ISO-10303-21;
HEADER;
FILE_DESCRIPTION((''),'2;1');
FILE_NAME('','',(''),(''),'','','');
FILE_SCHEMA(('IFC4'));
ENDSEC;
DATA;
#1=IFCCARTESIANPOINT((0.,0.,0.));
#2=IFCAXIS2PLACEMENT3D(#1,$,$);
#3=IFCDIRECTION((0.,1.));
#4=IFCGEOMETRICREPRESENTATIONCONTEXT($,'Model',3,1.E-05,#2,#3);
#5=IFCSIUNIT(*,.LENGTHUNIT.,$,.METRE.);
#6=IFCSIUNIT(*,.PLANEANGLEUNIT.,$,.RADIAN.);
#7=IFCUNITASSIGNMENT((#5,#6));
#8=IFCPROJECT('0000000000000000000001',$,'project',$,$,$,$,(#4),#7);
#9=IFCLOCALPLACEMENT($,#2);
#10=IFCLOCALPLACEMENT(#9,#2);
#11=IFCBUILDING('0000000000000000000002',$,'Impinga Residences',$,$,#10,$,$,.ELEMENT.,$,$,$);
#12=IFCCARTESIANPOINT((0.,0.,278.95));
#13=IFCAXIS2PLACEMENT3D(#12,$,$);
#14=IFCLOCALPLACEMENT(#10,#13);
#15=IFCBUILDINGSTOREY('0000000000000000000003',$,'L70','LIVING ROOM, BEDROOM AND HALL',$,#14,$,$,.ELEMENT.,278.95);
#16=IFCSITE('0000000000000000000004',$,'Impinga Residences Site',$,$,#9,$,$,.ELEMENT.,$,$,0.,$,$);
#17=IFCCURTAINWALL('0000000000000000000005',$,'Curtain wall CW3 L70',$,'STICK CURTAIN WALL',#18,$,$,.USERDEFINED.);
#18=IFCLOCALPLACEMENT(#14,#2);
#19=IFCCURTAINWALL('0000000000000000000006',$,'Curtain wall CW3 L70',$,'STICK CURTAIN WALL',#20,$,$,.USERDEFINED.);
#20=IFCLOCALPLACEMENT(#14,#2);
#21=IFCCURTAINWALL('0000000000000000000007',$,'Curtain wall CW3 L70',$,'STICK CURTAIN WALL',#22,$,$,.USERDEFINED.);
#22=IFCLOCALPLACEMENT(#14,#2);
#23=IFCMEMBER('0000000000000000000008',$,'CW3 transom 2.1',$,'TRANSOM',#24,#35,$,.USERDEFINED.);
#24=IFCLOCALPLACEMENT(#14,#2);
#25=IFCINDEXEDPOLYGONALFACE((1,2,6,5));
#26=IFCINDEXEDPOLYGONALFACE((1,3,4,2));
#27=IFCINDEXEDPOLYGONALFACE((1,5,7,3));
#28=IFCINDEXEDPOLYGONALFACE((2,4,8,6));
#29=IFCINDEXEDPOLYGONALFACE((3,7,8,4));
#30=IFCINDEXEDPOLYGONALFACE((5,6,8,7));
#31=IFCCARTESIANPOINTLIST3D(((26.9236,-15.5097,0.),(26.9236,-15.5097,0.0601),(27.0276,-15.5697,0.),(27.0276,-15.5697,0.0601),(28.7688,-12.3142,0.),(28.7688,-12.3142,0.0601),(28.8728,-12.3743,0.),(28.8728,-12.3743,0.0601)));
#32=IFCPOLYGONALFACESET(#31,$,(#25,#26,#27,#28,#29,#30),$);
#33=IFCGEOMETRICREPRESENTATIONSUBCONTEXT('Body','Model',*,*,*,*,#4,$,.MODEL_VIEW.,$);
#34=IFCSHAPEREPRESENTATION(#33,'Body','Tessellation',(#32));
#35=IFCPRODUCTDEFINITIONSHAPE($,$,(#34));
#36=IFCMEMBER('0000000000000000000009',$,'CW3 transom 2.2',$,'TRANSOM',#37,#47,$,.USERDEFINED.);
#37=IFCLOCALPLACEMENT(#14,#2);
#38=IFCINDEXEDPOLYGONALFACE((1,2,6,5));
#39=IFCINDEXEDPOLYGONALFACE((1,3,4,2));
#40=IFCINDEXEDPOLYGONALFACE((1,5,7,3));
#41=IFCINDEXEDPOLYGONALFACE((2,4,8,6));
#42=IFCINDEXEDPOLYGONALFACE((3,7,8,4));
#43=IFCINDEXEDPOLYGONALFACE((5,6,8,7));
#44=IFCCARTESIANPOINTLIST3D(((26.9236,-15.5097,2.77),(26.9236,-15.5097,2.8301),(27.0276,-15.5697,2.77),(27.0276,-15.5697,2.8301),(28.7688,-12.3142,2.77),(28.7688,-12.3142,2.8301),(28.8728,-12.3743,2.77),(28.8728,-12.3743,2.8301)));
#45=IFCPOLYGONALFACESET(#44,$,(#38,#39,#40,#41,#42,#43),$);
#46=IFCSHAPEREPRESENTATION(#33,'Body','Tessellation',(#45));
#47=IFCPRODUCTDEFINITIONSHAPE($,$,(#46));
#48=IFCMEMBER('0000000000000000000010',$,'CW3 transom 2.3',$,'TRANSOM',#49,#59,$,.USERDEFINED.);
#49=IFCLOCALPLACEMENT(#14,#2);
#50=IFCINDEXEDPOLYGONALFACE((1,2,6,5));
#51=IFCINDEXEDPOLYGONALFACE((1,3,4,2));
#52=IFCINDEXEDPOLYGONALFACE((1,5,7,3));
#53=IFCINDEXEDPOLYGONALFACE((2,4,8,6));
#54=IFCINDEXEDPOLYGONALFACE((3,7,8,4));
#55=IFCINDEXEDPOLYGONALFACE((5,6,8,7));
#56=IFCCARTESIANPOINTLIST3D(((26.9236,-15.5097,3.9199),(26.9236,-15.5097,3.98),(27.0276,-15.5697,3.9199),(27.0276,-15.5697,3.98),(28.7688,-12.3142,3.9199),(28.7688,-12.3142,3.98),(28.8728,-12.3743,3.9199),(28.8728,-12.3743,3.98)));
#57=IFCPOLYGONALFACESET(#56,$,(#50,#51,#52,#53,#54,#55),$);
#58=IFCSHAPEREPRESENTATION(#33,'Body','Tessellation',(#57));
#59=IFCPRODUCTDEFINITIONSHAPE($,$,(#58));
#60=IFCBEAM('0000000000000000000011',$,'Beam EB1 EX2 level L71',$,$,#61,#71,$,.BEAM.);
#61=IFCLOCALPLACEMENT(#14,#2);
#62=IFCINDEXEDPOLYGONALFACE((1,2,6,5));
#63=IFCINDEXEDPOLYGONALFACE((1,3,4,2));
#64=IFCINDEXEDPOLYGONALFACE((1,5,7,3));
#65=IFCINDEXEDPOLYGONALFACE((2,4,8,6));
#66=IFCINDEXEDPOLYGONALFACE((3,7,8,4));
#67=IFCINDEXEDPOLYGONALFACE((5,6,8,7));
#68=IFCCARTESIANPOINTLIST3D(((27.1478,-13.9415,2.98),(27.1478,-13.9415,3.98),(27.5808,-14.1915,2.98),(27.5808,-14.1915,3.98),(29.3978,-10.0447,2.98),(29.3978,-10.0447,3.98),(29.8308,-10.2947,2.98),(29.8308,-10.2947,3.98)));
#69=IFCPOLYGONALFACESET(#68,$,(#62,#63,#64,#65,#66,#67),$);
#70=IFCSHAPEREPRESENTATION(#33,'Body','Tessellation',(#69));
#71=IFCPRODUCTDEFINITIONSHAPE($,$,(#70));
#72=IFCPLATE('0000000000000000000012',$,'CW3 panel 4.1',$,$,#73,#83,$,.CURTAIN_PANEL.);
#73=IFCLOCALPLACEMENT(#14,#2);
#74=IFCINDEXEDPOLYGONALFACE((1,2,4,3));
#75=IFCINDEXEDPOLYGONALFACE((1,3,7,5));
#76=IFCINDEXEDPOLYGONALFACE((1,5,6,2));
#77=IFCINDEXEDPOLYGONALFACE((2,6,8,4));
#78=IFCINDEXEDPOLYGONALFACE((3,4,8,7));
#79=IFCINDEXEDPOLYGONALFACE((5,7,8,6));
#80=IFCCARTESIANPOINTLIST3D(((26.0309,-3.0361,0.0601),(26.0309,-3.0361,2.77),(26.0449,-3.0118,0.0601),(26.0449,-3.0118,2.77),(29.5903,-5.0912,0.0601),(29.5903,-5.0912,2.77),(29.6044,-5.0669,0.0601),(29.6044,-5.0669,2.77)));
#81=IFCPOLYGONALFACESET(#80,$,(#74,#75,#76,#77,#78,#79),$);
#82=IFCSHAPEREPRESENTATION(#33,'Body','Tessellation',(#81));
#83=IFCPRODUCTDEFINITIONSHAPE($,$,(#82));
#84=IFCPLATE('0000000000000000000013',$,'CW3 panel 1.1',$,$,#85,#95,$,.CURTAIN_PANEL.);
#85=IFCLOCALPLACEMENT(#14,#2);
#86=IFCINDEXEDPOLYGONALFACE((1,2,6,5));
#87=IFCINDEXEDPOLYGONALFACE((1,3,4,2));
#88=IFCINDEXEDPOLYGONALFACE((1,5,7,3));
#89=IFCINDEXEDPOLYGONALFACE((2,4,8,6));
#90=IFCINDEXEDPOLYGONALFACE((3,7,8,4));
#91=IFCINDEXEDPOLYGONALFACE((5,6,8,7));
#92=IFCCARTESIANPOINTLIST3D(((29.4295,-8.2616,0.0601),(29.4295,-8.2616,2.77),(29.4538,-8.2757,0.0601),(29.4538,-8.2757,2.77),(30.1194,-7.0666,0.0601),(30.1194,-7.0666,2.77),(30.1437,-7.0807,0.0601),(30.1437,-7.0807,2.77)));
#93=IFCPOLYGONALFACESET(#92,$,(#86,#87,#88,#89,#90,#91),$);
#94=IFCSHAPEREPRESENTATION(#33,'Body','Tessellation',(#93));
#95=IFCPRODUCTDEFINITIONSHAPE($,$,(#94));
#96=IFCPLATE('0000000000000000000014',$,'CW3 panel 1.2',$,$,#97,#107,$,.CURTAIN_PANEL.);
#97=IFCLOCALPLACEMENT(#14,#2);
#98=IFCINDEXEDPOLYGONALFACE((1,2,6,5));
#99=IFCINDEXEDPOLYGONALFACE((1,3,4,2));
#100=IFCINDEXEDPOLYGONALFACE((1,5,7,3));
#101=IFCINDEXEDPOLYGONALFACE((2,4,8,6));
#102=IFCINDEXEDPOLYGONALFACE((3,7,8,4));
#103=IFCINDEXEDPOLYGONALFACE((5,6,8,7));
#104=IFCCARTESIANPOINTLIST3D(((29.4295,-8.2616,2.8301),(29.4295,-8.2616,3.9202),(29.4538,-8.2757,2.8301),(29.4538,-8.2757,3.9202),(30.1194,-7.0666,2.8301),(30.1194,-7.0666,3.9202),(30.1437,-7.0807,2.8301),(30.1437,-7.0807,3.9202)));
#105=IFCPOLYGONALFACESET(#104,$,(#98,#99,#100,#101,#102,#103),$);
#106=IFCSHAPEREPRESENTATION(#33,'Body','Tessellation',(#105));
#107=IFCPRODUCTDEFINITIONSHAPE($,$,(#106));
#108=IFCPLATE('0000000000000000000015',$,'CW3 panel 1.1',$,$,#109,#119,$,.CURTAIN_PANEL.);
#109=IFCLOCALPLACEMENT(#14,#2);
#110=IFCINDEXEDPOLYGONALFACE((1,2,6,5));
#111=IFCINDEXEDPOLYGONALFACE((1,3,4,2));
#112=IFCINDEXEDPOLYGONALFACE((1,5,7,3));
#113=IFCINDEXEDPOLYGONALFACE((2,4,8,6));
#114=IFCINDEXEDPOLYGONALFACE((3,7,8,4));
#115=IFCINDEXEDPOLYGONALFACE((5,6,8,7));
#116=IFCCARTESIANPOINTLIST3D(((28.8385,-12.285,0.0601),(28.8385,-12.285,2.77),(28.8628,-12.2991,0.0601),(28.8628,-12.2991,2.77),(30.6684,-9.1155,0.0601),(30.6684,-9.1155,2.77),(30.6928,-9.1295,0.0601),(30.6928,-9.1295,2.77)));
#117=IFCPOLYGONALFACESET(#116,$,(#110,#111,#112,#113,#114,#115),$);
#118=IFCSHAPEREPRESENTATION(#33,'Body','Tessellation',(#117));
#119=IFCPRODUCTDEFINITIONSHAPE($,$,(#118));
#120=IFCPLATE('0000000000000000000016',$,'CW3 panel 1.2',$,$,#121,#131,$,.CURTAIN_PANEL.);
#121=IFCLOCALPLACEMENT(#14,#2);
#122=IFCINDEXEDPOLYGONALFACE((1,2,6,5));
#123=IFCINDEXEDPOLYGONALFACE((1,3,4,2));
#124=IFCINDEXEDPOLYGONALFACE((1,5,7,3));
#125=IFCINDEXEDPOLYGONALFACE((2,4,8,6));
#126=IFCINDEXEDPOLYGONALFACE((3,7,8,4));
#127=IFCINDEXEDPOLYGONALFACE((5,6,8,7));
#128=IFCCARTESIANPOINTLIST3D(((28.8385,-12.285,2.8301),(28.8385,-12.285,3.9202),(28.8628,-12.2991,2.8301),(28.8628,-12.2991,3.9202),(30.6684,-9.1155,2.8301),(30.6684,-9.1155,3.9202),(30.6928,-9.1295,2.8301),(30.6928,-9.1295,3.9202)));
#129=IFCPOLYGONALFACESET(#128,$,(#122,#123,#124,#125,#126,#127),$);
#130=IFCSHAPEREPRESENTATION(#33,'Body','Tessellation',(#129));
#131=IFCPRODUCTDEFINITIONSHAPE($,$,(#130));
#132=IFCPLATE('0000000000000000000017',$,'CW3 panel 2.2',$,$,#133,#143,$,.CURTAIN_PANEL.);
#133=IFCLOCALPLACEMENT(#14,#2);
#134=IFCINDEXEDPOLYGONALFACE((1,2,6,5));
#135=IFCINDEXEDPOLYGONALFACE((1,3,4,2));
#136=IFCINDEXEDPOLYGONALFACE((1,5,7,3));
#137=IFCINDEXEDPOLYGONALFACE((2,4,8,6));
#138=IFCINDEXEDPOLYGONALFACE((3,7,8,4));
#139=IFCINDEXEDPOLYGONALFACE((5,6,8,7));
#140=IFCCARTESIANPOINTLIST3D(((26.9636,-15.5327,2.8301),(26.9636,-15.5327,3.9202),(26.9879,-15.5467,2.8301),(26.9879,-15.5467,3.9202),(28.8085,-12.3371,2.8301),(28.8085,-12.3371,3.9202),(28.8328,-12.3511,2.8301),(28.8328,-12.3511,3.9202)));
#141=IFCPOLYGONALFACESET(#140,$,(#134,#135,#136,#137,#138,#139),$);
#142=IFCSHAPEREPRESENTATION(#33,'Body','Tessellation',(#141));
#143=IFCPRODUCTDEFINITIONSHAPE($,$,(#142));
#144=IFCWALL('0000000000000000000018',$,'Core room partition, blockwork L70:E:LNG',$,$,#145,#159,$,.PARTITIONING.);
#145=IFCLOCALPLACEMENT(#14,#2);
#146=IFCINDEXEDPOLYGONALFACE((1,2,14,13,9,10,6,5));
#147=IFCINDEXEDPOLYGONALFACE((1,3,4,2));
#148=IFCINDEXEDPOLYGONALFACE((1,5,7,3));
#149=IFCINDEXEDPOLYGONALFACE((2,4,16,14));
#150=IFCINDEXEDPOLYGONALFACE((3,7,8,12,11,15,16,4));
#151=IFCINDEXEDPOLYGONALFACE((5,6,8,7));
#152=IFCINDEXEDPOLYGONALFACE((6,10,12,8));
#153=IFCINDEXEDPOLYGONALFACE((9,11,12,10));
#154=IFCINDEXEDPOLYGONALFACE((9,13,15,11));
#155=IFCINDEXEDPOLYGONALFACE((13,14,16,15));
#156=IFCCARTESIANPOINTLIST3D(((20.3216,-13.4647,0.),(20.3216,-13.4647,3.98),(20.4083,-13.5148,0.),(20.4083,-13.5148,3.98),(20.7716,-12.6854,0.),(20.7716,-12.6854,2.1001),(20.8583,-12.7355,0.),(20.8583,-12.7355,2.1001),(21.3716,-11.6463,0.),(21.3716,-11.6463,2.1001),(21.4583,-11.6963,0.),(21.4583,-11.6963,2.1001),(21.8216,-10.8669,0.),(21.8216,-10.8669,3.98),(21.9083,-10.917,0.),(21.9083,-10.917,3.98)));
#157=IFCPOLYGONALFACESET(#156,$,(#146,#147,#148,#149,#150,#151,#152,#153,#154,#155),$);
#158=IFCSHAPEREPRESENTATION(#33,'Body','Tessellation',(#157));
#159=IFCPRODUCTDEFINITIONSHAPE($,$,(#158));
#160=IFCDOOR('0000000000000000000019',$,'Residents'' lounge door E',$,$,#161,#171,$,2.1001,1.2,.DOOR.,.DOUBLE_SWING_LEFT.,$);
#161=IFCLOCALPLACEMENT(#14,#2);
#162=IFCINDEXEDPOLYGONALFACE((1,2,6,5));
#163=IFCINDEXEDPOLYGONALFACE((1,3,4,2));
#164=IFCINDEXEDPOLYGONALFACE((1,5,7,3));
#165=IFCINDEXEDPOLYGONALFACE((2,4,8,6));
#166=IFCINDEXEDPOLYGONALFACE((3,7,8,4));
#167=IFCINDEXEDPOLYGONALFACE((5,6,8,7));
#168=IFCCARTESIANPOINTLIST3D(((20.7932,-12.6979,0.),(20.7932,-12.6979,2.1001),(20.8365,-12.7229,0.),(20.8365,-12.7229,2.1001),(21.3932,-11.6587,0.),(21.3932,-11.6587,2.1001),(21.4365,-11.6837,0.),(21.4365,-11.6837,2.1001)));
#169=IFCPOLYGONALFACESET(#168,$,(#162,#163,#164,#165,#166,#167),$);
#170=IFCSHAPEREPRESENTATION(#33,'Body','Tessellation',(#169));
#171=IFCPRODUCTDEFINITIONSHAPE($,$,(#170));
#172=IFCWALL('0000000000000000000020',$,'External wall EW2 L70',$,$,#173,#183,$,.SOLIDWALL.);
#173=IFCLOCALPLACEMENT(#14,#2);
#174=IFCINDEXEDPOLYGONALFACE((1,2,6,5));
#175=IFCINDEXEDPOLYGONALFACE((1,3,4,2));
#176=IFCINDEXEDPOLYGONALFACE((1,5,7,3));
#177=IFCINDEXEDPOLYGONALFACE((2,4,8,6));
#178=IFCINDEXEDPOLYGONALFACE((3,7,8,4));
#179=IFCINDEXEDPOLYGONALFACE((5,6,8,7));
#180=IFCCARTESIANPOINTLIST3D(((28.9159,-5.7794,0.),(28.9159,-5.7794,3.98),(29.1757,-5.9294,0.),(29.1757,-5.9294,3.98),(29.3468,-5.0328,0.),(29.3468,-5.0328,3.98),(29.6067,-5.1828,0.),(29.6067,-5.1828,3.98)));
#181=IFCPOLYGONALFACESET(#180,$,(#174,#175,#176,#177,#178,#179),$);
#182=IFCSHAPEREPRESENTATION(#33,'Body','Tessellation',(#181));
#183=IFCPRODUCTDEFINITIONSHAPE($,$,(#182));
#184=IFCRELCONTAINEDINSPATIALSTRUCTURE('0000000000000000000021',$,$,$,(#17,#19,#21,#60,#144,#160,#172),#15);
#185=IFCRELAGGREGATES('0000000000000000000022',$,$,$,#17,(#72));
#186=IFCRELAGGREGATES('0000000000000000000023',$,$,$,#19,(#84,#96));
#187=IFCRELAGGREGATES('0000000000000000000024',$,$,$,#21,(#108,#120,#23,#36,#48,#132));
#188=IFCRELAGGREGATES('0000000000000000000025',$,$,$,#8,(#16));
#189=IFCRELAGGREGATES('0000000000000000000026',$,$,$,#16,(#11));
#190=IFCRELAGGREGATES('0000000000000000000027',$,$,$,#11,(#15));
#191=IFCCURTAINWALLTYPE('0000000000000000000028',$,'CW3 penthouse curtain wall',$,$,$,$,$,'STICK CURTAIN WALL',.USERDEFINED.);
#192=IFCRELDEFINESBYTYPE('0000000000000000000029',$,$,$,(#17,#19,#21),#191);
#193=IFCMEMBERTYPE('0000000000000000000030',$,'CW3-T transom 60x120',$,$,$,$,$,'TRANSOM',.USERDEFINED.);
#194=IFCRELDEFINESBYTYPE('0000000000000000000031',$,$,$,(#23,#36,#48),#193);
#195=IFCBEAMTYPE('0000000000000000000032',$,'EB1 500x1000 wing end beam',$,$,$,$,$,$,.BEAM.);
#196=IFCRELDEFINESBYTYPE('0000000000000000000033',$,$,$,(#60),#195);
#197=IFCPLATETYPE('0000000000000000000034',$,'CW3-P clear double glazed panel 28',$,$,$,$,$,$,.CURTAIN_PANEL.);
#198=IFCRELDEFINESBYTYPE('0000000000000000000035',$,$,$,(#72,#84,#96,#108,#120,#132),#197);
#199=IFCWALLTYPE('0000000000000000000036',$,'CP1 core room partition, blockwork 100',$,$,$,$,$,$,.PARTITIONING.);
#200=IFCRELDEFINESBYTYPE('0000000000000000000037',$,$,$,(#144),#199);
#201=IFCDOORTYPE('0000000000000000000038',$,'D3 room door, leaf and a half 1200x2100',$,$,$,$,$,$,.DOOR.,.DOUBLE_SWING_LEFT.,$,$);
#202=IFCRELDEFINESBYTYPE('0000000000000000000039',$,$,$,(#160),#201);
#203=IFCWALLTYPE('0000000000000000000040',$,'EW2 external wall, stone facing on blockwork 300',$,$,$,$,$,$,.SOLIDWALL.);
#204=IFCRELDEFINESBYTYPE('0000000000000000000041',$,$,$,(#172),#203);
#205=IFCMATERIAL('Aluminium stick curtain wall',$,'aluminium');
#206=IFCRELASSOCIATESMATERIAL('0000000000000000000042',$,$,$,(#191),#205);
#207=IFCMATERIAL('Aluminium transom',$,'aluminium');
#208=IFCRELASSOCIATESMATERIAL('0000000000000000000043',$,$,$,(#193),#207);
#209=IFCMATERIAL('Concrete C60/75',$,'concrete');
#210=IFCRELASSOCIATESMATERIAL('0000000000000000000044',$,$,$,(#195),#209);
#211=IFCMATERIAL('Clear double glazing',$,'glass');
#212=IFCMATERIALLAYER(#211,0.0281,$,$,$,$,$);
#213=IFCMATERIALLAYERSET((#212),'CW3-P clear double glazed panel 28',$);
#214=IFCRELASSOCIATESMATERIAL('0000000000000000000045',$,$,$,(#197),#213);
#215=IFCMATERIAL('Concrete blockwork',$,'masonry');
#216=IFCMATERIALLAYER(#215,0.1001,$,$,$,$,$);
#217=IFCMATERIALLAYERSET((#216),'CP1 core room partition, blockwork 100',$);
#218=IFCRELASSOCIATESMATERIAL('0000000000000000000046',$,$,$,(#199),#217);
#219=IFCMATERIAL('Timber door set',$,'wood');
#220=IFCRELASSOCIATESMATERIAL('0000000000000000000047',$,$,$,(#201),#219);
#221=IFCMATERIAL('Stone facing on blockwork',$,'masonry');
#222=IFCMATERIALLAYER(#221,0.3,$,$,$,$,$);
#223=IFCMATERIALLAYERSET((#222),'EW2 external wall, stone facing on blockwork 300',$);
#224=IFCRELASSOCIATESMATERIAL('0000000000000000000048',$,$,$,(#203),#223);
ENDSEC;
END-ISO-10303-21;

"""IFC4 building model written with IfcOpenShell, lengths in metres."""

from ifc_helpers import new_model, si_unit, direction, frame, frame_2d, origin, origin_2d, place, context, subcontext, project, spatial, rectangle, extrude, material, layer, layer_set, material_profile, profile_set, type_object, element, fill, aggregate, save


model = new_model("IFC4")

# Units and contexts
model_context = context("Model", 3, precision=1e-05, world=origin(), true_north=direction((0.0, 1.0)))
body_context = subcontext(model_context, "Body", "Model", "MODEL_VIEW")
ifc_project = project(units=[si_unit("LENGTHUNIT", "METRE"), si_unit("PLANEANGLEUNIT", "RADIAN")], contexts=[model_context])

# Site, building, storey
site_placement = place(None, origin())
site = spatial("IfcSite", under=ifc_project, at=site_placement, Name="Impinga Residences Site", CompositionType="ELEMENT", RefElevation=0.0)
building_placement = place(site_placement, origin())
building = spatial("IfcBuilding", under=site, at=building_placement, Name="Impinga Residences", CompositionType="ELEMENT")
storey_placement = place(building_placement, frame((0.0, 0.0, 278.95)))
storey = spatial("IfcBuildingStorey", under=building, at=storey_placement, Name="L70", Description="LIVING ROOM, BEDROOM AND HALL", CompositionType="ELEMENT", Elevation=278.95)

# Shared definitions
ifc_material_1 = material(Name="Concrete C60/75", Category="concrete")

# Curtain wall
ifc_material_2 = material(Name="Aluminium stick curtain wall", Category="aluminium")
curtain_wall_type = type_object("IfcCurtainWallType", Name="CW3 penthouse curtain wall", ElementType="STICK CURTAIN WALL", PredefinedType="USERDEFINED", material=ifc_material_2)
curtain_wall_1_placement = place(storey_placement, origin())
curtain_wall_1 = element("IfcCurtainWall", 1, at=curtain_wall_1_placement, inside=storey, type_object=curtain_wall_type, Name="Curtain wall CW3 L70", ObjectType="STICK CURTAIN WALL", PredefinedType="USERDEFINED")

# Curtain walls
curtain_wall_2_placement = place(storey_placement, origin())
curtain_wall_2 = element("IfcCurtainWall", 2, at=curtain_wall_2_placement, inside=storey, type_object=curtain_wall_type, Name="Curtain wall CW3 L70", ObjectType="STICK CURTAIN WALL", PredefinedType="USERDEFINED")
curtain_wall_3_placement = place(storey_placement, origin())
curtain_wall_3 = element("IfcCurtainWall", 3, at=curtain_wall_3_placement, inside=storey, type_object=curtain_wall_type, Name="Curtain wall CW3 L70", ObjectType="STICK CURTAIN WALL", PredefinedType="USERDEFINED")

# Members
ifc_material_3 = material(Name="Aluminium transom", Category="aluminium")
ifc_material_profile_1 = material_profile(ifc_material_3, rectangle(XDim=0.0601, YDim=0.1201, at=origin_2d()), Name="60x120 transom")
ifc_profile_set_1 = profile_set([ifc_material_profile_1], Name="Aluminium transom")
member_type_1 = type_object("IfcMemberType", Name="CW3-T transom 60x120", ElementType="TRANSOM", PredefinedType="USERDEFINED", material=ifc_profile_set_1)
member_1_placement = place(storey_placement, frame((28.8208, -12.3442, 0.03), z_axis=(-0.500053, -0.865995, 0.0), x_axis=(0.0, 0.0, 1.0)))
member_1 = element("IfcMember", 4, at=member_1_placement, type_object=member_type_1, Name="CW3 transom 2.1", ObjectType="TRANSOM", PredefinedType="USERDEFINED", context=body_context, shape_type="SweptSolid", body=[
    extrude(rectangle(XDim=0.0601, YDim=0.1201, at=origin_2d()), origin(), (0.0, 0.0, 1.0), 3.6899),
])
member_2_placement = place(storey_placement, frame((28.8208, -12.3442, 2.8), z_axis=(-0.500053, -0.865995, 0.0), x_axis=(0.0, 0.0, 1.0)))
member_2 = element("IfcMember", 5, at=member_2_placement, type_object=member_type_1, Name="CW3 transom 2.2", ObjectType="TRANSOM", PredefinedType="USERDEFINED", context=body_context, shape_type="SweptSolid", body=[
    extrude(rectangle(XDim=0.0601, YDim=0.1201, at=origin_2d()), origin(), (0.0, 0.0, 1.0), 3.6899),
])
member_3_placement = place(storey_placement, frame((28.8208, -12.3442, 3.95), z_axis=(-0.500053, -0.865995, 0.0), x_axis=(0.0, 0.0, 1.0)))
member_3 = element("IfcMember", 6, at=member_3_placement, type_object=member_type_1, Name="CW3 transom 2.3", ObjectType="TRANSOM", PredefinedType="USERDEFINED", context=body_context, shape_type="SweptSolid", body=[
    extrude(rectangle(XDim=0.0601, YDim=0.1201, at=origin_2d()), origin(), (0.0, 0.0, 1.0), 3.6899),
])

# Beam
ifc_material_profile_2 = material_profile(ifc_material_1, rectangle(XDim=0.5, YDim=1.0, at=origin_2d()), Name="RC 500x1000")
ifc_profile_set_2 = profile_set([ifc_material_profile_2], Name="Concrete C60/75")
beam_type_1 = type_object("IfcBeamType", Name="EB1 500x1000 wing end beam", PredefinedType="BEAM", material=ifc_profile_set_2)
beam_1_placement = place(storey_placement, frame((29.6143, -10.1697, 3.48), z_axis=(-0.500014, -0.866018, 0.0), x_axis=(0.866018, -0.500014, 0.0)))
element("IfcBeam", 7, at=beam_1_placement, inside=storey, type_object=beam_type_1, Name="Beam EB1 EX2 level L71", PredefinedType="BEAM", context=body_context, shape_type="SweptSolid", body=[
    extrude(rectangle(XDim=0.5, YDim=1.0, at=origin_2d()), origin(), (0.0, 0.0, 1.0), 4.4998),
])

# Plates
ifc_material_4 = material(Name="Clear double glazing", Category="glass")
ifc_layer_1 = layer(ifc_material_4, 0.0281)
ifc_layer_set_1 = layer_set([ifc_layer_1], Name="CW3-P clear double glazed panel 28")
plate_type = type_object("IfcPlateType", Name="CW3-P clear double glazed panel 28", PredefinedType="CURTAIN_PANEL", material=ifc_layer_set_1)
plate_1_placement = place(storey_placement, frame((27.8176, -4.0515, 0.0601), z_axis=(0.0, 0.0, 1.0), x_axis=(0.866025, -0.5, 0.0)))
plate_1 = element("IfcPlate", 8, at=plate_1_placement, type_object=plate_type, Name="CW3 panel 4.1", PredefinedType="CURTAIN_PANEL", context=body_context, shape_type="SweptSolid", body=[
    extrude(rectangle(XDim=4.1101, YDim=0.0281, at=origin_2d()), origin(), (0.0, 0.0, 1.0), 2.71),
])
aggregate(curtain_wall_1, [plate_1])
plate_2_placement = place(storey_placement, frame((29.7866, -7.6711, 0.0601), z_axis=(0.0, 0.0, 1.0), x_axis=(-0.5, -0.866025, 0.0)))
plate_2 = element("IfcPlate", 9, at=plate_2_placement, type_object=plate_type, Name="CW3 panel 1.1", PredefinedType="CURTAIN_PANEL", context=body_context, shape_type="SweptSolid", body=[
    extrude(rectangle(XDim=1.3799, YDim=0.0281, at=origin_2d()), origin(), (0.0, 0.0, 1.0), 2.71),
])
plate_3_placement = place(storey_placement, frame((29.7866, -7.6711, 2.8301), z_axis=(0.0, 0.0, 1.0), x_axis=(-0.5, -0.866025, 0.0)))
plate_3 = element("IfcPlate", 10, at=plate_3_placement, type_object=plate_type, Name="CW3 panel 1.2", PredefinedType="CURTAIN_PANEL", context=body_context, shape_type="SweptSolid", body=[
    extrude(rectangle(XDim=1.3799, YDim=0.0281, at=origin_2d()), origin(), (0.0, 0.0, 1.0), 1.0901),
])
aggregate(curtain_wall_2, [plate_2, plate_3])
plate_4_placement = place(storey_placement, frame((29.7656, -10.7073, 0.0601), z_axis=(0.0, 0.0, 1.0), x_axis=(-0.5, -0.866025, 0.0)))
plate_4 = element("IfcPlate", 11, at=plate_4_placement, type_object=plate_type, Name="CW3 panel 1.1", PredefinedType="CURTAIN_PANEL", context=body_context, shape_type="SweptSolid", body=[
    extrude(rectangle(XDim=3.6599, YDim=0.0281, at=origin_2d()), origin(), (0.0, 0.0, 1.0), 2.71),
])
plate_5_placement = place(storey_placement, frame((29.7656, -10.7073, 2.8301), z_axis=(0.0, 0.0, 1.0), x_axis=(-0.5, -0.866025, 0.0)))
plate_5 = element("IfcPlate", 12, at=plate_5_placement, type_object=plate_type, Name="CW3 panel 1.2", PredefinedType="CURTAIN_PANEL", context=body_context, shape_type="SweptSolid", body=[
    extrude(rectangle(XDim=3.6599, YDim=0.0281, at=origin_2d()), origin(), (0.0, 0.0, 1.0), 1.0901),
])
plate_6_placement = place(storey_placement, frame((27.8982, -13.9419, 2.8301), z_axis=(0.0, 0.0, 1.0), x_axis=(-0.5, -0.866025, 0.0)))
plate_6 = element("IfcPlate", 13, at=plate_6_placement, type_object=plate_type, Name="CW3 panel 2.2", PredefinedType="CURTAIN_PANEL", context=body_context, shape_type="SweptSolid", body=[
    extrude(rectangle(XDim=3.6899, YDim=0.0281, at=origin_2d()), origin(), (0.0, 0.0, 1.0), 1.0901),
])
aggregate(curtain_wall_3, [plate_4, plate_5, member_1, member_2, member_3, plate_6])

# Wall, opening, door
ifc_material_5 = material(Name="Concrete blockwork", Category="masonry")
ifc_layer_2 = layer(ifc_material_5, 0.1001)
ifc_layer_set_2 = layer_set([ifc_layer_2], Name="CP1 core room partition, blockwork 100")
wall_type_1 = type_object("IfcWallType", Name="CP1 core room partition, blockwork 100", PredefinedType="PARTITIONING", material=ifc_layer_set_2)
wall_1_placement = place(storey_placement, frame((21.865, -10.8918, 0.0), z_axis=(0.0, 0.0, 1.0), x_axis=(-0.500025, -0.866011, 0.0)))
wall_1 = element("IfcWall", 14, at=wall_1_placement, inside=storey, type_object=wall_type_1, Name="Core room partition, blockwork L70:E:LNG", PredefinedType="PARTITIONING", context=body_context, shape_type="SweptSolid", body=[
    extrude(rectangle(XDim=2.9998, YDim=0.1001, at=frame_2d((1.5, 0.0))), origin(), (0.0, 0.0, 1.0), 3.98),
])
opening_1_placement = place(wall_1_placement, frame((0.8999, 0.0, 0.0)))
opening_1 = element("IfcOpeningElement", 15, at=opening_1_placement, cuts=wall_1, PredefinedType="OPENING", context=body_context, shape_type="SweptSolid", body=[
    extrude(rectangle(XDim=1.2, YDim=2.1001, at=frame_2d((0.6001, 1.05))), frame((0.0, 0.0601, 0.0), z_axis=(0.0, -1.0, 0.0), x_axis=(1.0, 0.0, 0.0)), (0.0, 0.0, 1.0), 0.1201),
])
ifc_material_6 = material(Name="Timber door set", Category="wood")
door_type_1 = type_object("IfcDoorType", Name="D3 room door, leaf and a half 1200x2100", OperationType="DOUBLE_SWING_LEFT", PredefinedType="DOOR", material=ifc_material_6)
door_1_placement = place(opening_1_placement, origin())
door_1 = element("IfcDoor", 16, at=door_1_placement, inside=storey, type_object=door_type_1, Name="Residents' lounge door E", OperationType="DOUBLE_SWING_LEFT", OverallHeight=2.1001, OverallWidth=1.2, PredefinedType="DOOR", context=body_context, shape_type="SweptSolid", body=[
    extrude(rectangle(XDim=1.2, YDim=2.1001, at=frame_2d((0.6001, 1.05))), frame((0.0, 0.0249, 0.0), z_axis=(0.0, -1.0, 0.0), x_axis=(1.0, 0.0, 0.0)), (0.0, 0.0, 1.0), 0.05),
])
fill(opening_1, door_1)

# Wall
ifc_material_7 = material(Name="Stone facing on blockwork", Category="masonry")
ifc_layer_3 = layer(ifc_material_7, 0.3)
ifc_layer_set_3 = layer_set([ifc_layer_3], Name="EW2 external wall, stone facing on blockwork 300")
wall_type_2 = type_object("IfcWallType", Name="EW2 external wall, stone facing on blockwork 300", PredefinedType="SOLIDWALL", material=ifc_layer_set_3)
wall_2_placement = place(storey_placement, frame((29.4768, -5.1077, 0.0), z_axis=(0.0, 0.0, 1.0), x_axis=(-0.499886, -0.866091, 0.0)))
element("IfcWall", 17, at=wall_2_placement, inside=storey, type_object=wall_type_2, Name="External wall EW2 L70", PredefinedType="SOLIDWALL", context=body_context, shape_type="SweptSolid", body=[
    extrude(rectangle(XDim=0.8621, YDim=0.3, at=frame_2d((0.4312, 0.0))), origin(), (0.0, 0.0, 1.0), 3.98),
])

save(model, "model.ifc")
